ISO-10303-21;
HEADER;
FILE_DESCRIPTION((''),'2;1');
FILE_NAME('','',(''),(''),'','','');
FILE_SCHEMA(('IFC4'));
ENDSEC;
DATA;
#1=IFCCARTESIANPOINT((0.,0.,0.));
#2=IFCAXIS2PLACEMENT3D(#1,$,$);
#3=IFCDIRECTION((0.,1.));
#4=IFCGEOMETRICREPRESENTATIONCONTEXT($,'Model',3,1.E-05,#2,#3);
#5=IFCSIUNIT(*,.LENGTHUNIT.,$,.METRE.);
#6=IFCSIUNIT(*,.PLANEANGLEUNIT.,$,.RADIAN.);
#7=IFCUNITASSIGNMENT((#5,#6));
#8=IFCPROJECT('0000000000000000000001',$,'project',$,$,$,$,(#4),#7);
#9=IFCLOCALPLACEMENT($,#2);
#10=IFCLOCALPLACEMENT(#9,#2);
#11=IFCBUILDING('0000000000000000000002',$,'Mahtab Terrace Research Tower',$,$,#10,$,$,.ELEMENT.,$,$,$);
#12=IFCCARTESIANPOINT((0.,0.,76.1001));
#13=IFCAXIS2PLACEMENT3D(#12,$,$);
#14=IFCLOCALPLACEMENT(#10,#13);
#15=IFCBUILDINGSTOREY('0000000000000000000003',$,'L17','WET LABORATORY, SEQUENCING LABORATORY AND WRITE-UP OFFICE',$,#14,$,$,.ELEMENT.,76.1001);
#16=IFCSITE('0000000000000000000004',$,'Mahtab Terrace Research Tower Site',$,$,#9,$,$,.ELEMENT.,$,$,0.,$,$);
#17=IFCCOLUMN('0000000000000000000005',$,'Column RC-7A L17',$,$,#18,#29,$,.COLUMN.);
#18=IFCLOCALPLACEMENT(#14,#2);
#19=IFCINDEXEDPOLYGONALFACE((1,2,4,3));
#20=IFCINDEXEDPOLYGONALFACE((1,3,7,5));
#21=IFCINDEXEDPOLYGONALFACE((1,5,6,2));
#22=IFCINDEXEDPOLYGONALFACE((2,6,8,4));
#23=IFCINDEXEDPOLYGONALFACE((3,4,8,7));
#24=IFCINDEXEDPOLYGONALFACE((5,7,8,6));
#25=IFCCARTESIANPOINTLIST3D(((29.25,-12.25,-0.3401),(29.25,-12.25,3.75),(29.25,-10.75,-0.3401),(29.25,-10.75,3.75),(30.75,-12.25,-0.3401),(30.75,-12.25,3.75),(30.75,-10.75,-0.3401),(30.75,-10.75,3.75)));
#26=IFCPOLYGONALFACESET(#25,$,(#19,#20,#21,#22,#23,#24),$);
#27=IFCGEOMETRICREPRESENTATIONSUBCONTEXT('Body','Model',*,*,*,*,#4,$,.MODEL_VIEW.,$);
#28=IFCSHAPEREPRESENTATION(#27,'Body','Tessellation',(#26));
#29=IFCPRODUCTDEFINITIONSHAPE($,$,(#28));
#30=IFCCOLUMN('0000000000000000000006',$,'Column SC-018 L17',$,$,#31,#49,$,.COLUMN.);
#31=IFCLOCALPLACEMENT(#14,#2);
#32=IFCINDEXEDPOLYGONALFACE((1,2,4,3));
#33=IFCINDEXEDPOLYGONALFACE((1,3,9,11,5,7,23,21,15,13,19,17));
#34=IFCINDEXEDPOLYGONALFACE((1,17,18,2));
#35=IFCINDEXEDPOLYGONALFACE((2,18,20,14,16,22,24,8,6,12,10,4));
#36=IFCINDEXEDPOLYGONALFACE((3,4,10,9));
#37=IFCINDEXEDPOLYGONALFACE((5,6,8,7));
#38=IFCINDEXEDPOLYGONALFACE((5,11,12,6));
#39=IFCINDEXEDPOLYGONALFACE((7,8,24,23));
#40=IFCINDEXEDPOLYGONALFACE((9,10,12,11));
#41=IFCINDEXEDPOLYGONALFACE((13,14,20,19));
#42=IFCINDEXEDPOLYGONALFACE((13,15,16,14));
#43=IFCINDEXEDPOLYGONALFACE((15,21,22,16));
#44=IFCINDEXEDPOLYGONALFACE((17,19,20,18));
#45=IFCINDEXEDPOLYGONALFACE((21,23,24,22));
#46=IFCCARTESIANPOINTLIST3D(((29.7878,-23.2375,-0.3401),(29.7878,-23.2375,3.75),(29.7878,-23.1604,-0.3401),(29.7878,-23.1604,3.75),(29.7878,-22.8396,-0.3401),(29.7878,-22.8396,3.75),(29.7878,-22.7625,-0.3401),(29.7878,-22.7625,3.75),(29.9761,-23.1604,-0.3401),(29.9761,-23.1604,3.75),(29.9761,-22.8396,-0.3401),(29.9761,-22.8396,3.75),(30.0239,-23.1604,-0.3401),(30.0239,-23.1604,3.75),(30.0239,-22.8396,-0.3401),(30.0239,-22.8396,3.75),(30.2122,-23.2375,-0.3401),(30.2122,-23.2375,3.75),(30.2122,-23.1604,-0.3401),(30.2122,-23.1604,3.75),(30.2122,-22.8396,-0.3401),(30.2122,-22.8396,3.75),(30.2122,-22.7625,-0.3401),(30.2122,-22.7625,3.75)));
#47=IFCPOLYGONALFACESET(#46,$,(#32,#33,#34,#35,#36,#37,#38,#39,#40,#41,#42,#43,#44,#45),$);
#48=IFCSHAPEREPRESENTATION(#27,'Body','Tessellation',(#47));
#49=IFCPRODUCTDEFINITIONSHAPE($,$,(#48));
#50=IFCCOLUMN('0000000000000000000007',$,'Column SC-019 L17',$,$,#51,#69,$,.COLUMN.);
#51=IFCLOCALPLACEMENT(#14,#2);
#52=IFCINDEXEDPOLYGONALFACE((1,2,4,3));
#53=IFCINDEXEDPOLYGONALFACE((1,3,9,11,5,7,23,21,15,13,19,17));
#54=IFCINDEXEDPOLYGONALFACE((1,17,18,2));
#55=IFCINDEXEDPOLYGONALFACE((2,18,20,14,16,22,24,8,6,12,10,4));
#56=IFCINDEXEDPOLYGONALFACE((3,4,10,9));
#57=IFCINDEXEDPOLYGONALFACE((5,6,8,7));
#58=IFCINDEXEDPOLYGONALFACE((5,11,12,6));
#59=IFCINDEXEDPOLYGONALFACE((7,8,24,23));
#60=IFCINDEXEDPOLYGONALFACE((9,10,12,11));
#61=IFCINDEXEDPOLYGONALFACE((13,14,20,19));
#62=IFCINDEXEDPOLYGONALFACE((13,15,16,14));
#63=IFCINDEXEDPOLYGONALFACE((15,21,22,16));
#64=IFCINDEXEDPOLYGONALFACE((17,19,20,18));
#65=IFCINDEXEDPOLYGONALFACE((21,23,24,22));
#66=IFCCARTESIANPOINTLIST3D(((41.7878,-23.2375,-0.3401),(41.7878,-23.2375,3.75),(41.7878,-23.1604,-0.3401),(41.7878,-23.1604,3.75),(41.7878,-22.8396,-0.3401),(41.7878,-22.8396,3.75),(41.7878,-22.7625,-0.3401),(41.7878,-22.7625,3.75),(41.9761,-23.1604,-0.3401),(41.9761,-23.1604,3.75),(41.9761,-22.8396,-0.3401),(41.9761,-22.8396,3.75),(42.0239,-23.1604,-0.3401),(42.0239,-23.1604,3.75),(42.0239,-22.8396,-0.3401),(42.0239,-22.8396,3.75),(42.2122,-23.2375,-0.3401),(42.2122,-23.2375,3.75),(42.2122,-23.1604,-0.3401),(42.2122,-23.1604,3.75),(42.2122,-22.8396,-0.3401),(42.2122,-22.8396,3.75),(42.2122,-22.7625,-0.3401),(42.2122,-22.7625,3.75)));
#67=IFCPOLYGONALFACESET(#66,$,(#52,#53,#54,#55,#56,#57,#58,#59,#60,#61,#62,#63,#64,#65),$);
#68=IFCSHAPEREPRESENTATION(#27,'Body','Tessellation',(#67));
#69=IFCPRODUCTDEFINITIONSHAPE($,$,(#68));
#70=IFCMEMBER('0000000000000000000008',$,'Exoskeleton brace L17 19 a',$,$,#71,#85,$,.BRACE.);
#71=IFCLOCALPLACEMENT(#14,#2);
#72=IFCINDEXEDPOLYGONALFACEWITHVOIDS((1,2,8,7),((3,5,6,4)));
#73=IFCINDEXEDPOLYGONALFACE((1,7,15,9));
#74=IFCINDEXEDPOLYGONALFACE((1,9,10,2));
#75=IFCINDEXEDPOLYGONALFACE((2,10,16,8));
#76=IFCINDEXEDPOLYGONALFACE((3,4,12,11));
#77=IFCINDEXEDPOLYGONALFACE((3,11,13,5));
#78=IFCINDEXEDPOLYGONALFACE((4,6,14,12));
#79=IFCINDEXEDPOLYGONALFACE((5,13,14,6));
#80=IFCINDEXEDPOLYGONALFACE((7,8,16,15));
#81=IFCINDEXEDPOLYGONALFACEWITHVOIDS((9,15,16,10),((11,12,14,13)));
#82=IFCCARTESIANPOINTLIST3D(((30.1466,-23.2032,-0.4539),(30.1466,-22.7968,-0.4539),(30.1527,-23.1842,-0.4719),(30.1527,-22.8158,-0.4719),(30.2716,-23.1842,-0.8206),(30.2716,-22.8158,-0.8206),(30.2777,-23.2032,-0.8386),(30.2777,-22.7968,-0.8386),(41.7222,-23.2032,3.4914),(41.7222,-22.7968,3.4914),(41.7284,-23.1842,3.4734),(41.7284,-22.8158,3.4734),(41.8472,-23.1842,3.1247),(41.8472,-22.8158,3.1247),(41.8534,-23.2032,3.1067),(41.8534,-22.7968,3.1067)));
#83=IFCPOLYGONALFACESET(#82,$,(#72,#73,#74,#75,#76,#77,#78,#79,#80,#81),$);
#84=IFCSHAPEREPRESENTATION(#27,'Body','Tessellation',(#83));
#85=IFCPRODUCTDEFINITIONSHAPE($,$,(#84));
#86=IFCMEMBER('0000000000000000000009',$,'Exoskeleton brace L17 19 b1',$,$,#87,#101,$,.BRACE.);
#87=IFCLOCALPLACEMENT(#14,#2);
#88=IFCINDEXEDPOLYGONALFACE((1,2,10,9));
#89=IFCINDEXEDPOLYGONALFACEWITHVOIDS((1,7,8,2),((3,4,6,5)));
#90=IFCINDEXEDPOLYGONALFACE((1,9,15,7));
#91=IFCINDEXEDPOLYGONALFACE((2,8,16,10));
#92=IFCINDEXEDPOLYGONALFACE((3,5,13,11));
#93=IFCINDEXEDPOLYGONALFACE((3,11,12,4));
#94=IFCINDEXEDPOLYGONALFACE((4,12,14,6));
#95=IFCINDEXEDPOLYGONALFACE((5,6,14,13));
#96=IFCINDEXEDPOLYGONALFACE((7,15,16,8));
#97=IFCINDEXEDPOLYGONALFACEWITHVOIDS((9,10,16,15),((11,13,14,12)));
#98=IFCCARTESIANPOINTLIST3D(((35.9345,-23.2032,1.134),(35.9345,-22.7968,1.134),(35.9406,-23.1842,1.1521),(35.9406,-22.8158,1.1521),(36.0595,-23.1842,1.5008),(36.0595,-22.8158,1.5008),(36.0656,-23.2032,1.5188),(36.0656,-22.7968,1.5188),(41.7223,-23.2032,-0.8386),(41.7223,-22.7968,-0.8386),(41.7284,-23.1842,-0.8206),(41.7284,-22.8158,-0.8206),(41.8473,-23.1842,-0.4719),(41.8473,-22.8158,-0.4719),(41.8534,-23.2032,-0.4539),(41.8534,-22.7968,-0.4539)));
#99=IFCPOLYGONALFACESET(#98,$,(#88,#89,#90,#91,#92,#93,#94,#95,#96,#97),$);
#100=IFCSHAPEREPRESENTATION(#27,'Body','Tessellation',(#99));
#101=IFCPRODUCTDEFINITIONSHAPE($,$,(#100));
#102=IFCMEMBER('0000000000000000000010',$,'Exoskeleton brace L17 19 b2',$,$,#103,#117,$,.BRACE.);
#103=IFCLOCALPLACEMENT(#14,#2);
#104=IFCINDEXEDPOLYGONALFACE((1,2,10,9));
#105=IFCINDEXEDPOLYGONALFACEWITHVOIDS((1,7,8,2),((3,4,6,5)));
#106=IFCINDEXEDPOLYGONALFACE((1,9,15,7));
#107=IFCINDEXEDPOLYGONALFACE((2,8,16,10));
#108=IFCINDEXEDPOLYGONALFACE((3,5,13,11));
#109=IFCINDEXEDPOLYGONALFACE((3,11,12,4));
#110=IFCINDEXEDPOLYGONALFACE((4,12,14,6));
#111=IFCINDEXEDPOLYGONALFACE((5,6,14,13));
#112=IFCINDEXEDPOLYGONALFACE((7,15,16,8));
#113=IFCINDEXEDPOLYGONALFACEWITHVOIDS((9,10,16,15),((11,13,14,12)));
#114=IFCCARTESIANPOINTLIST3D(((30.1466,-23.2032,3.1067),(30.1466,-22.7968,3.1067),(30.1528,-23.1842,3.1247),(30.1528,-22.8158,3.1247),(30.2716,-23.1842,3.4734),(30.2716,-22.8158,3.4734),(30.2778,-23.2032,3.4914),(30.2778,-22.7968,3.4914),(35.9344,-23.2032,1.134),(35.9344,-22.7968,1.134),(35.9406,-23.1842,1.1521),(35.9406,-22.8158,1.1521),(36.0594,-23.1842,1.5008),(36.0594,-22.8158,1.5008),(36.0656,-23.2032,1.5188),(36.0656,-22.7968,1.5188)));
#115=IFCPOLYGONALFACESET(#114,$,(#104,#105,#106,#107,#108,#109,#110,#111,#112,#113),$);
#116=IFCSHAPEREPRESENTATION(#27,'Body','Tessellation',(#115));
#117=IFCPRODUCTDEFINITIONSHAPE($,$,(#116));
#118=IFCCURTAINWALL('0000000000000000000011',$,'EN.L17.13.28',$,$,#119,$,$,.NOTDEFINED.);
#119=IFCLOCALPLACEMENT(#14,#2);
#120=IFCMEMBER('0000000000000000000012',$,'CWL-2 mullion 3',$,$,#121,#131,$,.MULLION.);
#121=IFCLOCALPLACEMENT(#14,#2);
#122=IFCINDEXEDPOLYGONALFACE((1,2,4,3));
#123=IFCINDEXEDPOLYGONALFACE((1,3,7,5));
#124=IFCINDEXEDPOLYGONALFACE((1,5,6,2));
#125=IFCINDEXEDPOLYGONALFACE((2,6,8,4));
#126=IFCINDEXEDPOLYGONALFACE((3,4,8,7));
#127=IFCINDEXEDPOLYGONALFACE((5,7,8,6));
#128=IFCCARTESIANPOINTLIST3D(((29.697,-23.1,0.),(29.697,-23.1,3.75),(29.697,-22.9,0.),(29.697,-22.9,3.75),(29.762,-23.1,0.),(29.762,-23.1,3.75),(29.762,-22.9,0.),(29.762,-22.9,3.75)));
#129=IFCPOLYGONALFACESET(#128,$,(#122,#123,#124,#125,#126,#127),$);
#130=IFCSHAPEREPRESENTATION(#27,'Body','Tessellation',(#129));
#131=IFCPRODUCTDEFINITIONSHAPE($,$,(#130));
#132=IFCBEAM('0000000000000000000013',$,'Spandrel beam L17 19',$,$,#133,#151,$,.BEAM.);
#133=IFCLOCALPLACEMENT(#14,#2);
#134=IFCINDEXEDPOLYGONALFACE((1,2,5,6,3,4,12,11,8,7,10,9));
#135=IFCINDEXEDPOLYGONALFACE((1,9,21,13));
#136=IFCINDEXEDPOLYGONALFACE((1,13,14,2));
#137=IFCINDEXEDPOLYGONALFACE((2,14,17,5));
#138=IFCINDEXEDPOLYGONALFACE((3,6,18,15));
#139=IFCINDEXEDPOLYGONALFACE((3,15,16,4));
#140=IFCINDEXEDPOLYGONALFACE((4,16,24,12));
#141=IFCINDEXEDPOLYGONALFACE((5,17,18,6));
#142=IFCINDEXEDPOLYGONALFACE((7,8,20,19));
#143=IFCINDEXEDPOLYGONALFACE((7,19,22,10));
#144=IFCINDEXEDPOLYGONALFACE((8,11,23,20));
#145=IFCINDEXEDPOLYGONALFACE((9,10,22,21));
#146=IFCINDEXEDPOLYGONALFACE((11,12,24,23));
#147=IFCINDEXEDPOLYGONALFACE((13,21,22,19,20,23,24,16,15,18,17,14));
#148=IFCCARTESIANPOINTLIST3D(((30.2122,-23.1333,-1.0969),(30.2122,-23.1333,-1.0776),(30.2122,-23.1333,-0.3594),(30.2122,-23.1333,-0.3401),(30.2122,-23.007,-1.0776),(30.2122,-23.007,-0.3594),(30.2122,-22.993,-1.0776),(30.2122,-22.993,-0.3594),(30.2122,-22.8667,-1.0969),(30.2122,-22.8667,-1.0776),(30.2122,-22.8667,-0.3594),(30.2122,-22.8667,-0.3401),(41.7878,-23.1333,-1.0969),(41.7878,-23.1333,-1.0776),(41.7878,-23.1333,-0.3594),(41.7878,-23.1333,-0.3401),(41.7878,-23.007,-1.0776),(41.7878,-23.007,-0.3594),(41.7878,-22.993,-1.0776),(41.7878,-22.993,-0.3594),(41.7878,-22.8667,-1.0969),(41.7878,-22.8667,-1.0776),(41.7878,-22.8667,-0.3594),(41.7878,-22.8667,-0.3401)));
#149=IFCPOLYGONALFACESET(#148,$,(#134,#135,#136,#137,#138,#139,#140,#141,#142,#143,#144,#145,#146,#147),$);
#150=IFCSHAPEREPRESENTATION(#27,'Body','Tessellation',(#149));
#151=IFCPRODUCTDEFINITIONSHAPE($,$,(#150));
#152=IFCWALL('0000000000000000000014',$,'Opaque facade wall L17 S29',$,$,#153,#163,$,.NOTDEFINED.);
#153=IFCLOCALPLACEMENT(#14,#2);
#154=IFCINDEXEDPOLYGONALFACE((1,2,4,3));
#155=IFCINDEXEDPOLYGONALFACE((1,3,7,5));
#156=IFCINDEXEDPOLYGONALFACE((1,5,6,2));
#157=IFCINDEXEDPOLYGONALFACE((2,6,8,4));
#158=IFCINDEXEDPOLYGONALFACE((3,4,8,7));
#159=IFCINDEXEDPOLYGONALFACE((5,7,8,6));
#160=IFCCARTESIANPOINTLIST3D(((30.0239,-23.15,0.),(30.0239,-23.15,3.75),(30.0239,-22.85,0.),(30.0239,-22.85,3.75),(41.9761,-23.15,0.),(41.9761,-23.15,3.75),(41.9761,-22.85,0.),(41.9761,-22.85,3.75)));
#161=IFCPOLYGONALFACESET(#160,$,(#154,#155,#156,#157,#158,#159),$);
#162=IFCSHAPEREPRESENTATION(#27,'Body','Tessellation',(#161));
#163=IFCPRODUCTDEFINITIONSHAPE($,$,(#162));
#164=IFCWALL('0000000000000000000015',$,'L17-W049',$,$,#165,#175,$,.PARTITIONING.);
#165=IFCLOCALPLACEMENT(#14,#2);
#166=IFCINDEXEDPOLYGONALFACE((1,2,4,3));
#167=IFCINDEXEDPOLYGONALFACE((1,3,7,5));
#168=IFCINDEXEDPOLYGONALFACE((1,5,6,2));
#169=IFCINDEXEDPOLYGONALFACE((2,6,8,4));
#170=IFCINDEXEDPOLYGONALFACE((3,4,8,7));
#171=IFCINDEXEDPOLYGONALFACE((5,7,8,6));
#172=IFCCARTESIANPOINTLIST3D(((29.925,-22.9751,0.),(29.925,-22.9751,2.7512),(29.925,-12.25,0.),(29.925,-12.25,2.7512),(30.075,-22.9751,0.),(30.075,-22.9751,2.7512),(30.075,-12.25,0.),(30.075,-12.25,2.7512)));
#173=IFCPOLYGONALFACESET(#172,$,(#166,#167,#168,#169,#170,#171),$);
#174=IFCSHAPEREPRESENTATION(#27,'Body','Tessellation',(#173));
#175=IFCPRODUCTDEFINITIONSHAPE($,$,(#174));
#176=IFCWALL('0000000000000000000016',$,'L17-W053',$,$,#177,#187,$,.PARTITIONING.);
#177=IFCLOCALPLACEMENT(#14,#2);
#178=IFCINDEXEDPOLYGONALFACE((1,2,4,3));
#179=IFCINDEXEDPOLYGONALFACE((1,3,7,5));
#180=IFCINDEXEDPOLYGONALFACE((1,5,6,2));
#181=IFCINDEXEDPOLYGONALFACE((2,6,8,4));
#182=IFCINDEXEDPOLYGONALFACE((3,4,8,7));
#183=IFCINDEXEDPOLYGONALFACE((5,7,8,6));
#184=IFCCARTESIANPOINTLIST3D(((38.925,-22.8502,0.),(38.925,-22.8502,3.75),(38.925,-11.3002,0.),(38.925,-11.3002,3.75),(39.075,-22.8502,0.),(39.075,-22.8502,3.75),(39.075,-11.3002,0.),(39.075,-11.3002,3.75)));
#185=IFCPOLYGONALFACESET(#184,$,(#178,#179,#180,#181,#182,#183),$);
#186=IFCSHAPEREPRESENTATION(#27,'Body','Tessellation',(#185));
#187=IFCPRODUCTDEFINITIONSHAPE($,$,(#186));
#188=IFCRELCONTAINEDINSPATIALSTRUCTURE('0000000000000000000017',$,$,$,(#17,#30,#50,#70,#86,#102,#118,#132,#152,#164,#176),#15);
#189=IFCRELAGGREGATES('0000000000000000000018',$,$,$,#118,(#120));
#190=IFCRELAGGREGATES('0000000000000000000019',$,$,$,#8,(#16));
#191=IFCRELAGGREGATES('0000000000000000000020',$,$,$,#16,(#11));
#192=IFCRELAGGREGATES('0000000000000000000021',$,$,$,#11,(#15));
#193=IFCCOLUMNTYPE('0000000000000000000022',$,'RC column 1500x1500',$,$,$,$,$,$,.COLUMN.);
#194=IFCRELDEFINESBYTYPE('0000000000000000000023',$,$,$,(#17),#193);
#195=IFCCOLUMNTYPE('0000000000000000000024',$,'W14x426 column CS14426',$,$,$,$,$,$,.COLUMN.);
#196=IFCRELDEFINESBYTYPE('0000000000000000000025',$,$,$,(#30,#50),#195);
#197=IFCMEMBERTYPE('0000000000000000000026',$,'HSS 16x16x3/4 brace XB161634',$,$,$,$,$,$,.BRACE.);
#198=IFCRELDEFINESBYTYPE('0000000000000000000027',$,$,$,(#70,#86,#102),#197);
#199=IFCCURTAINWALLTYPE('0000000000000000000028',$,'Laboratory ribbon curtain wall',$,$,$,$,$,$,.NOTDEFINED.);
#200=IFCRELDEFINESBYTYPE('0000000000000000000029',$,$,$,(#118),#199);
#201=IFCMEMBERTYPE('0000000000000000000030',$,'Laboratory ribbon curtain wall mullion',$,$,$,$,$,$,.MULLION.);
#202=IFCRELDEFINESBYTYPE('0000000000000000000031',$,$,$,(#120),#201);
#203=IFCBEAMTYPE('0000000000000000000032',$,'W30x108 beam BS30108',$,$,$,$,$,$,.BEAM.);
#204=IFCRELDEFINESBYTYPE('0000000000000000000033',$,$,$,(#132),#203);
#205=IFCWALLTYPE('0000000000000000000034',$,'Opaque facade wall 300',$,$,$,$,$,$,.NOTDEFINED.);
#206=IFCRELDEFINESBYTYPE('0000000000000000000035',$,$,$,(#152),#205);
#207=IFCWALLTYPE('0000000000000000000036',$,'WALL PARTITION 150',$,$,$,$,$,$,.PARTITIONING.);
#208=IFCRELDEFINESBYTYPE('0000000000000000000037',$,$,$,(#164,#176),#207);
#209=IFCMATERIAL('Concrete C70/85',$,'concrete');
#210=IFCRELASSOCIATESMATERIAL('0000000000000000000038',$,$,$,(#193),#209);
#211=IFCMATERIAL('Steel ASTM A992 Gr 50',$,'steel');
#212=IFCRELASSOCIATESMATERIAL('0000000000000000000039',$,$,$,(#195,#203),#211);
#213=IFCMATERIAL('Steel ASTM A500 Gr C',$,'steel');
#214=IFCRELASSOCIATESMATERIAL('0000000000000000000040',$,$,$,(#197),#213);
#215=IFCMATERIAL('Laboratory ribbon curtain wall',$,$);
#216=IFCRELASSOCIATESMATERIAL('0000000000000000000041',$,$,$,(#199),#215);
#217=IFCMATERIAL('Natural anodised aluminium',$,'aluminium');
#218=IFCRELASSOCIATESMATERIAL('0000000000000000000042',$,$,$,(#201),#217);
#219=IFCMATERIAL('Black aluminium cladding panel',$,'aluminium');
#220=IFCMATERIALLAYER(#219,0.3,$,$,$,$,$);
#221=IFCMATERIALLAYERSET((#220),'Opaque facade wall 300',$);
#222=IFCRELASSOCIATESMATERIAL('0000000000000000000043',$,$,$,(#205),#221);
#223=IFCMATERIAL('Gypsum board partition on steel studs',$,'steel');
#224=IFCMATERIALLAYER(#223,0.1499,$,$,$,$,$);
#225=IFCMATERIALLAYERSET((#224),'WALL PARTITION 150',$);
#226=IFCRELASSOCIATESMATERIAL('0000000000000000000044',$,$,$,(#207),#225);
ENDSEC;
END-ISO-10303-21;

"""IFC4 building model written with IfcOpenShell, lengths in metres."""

from ifc_helpers import new_model, si_unit, direction, frame, frame_2d, origin, origin_2d, place, context, subcontext, project, spatial, rectangle, hollow_rectangle, i_section, extrude, material, layer, layer_set, material_profile, profile_set, type_object, element, aggregate, save


model = new_model("IFC4")

# Units and contexts
model_context = context("Model", 3, precision=1e-05, world=origin(), true_north=direction((0.0, 1.0)))
body_context = subcontext(model_context, "Body", "Model", "MODEL_VIEW")
ifc_project = project(units=[si_unit("LENGTHUNIT", "METRE"), si_unit("PLANEANGLEUNIT", "RADIAN")], contexts=[model_context])

# Site, building, storey
site_placement = place(None, origin())
site = spatial("IfcSite", under=ifc_project, at=site_placement, Name="Mahtab Terrace Research Tower Site", CompositionType="ELEMENT", RefElevation=0.0)
building_placement = place(site_placement, origin())
building = spatial("IfcBuilding", under=site, at=building_placement, Name="Mahtab Terrace Research Tower", CompositionType="ELEMENT")
storey_placement = place(building_placement, frame((0.0, 0.0, 76.1001)))
storey = spatial("IfcBuildingStorey", under=building, at=storey_placement, Name="L17", Description="WET LABORATORY, SEQUENCING LABORATORY AND WRITE-UP OFFICE", CompositionType="ELEMENT", Elevation=76.1001)

# Columns
ifc_material_1 = material(Name="Concrete C70/85", Category="concrete")
ifc_material_profile_1 = material_profile(ifc_material_1, rectangle(XDim=1.5, YDim=1.5, at=origin_2d()), Name="RC column 1500x1500")
ifc_profile_set_1 = profile_set([ifc_material_profile_1], Name="Concrete C70/85")
column_type_1 = type_object("IfcColumnType", Name="RC column 1500x1500", PredefinedType="COLUMN", material=ifc_profile_set_1)
column_placement = place(storey_placement, frame((30.0, -11.5, -0.3401), z_axis=(0.0, 0.0, 1.0), x_axis=(1.0, 0.0, 0.0)))
element("IfcColumn", 1, at=column_placement, inside=storey, type_object=column_type_1, Name="Column RC-7A L17", PredefinedType="COLUMN", context=body_context, shape_type="SweptSolid", body=[
    extrude(rectangle(XDim=1.5, YDim=1.5, at=origin_2d()), origin(), (0.0, 0.0, 1.0), 4.0901),
])
ifc_material_2 = material(Name="Steel ASTM A992 Gr 50", Category="steel")
ifc_material_profile_2 = material_profile(ifc_material_2, i_section(OverallWidth=0.4243, OverallDepth=0.4751, WebThickness=0.0479, FlangeThickness=0.0771, at=origin_2d()), Name="W14X426")
ifc_profile_set_2 = profile_set([ifc_material_profile_2], Name="Steel ASTM A992 Gr 50")
column_type_2 = type_object("IfcColumnType", Name="W14x426 column CS14426", PredefinedType="COLUMN", material=ifc_profile_set_2)
for number, where, z_axis, x_axis, name in (
    (2, (30.0, -23.0, -0.3401), (0.0, 0.0, 1.0), (1.0, 0.0, 0.0), "Column SC-018 L17"),
    (3, (42.0, -23.0, -0.3401), (0.0, 0.0, 1.0), (1.0, 0.0, 0.0), "Column SC-019 L17"),
):
    element("IfcColumn", number, at=place(storey_placement, frame(where, z_axis=z_axis, x_axis=x_axis)), inside=storey, type_object=column_type_2, Name=name, PredefinedType="COLUMN", context=body_context, shape_type="SweptSolid", body=[
        extrude(i_section(OverallWidth=0.4243, OverallDepth=0.4751, WebThickness=0.0479, FlangeThickness=0.0771, at=origin_2d()), origin(), (0.0, 0.0, 1.0), 4.0901),
    ])

# Members
ifc_material_3 = material(Name="Steel ASTM A500 Gr C", Category="steel")
ifc_material_profile_3 = material_profile(ifc_material_3, hollow_rectangle(XDim=0.4065, YDim=0.4065, WallThickness=0.019, at=origin_2d()), Name="HSS16X16X3/4")
ifc_profile_set_3 = profile_set([ifc_material_profile_3], Name="Steel ASTM A500 Gr C")
member_type_1 = type_object("IfcMemberType", Name="HSS 16x16x3/4 brace XB161634", PredefinedType="BRACE", material=ifc_profile_set_3)
member_1_placement = place(storey_placement, frame((30.2122, -23.0, -0.6462), z_axis=(0.946534, 0.0, 0.322605), x_axis=(0.0, 1.0, 0.0)))
element("IfcMember", 4, at=member_1_placement, inside=storey, type_object=member_type_1, Name="Exoskeleton brace L17 19 a", PredefinedType="BRACE", context=body_context, shape_type="SweptSolid", body=[
    extrude(hollow_rectangle(XDim=0.4065, YDim=0.4065, WallThickness=0.019, at=origin_2d()), origin(), (0.0, 0.0, 1.0), 12.2295),
])
for number, where, z_axis, x_axis, name in (
    (5, (41.7878, -23.0, -0.6462), (-0.946534, 0.0, 0.322605), (0.0, -1.0, 0.0), "Exoskeleton brace L17 19 b1"),
    (6, (36.0, -23.0, 1.3264), (-0.946534, 0.0, 0.322605), (0.0, -1.0, 0.0), "Exoskeleton brace L17 19 b2"),
):
    element("IfcMember", number, at=place(storey_placement, frame(where, z_axis=z_axis, x_axis=x_axis)), inside=storey, type_object=member_type_1, Name=name, PredefinedType="BRACE", context=body_context, shape_type="SweptSolid", body=[
        extrude(hollow_rectangle(XDim=0.4065, YDim=0.4065, WallThickness=0.019, at=origin_2d()), origin(), (0.0, 0.0, 1.0), 6.1147),
    ])

# Curtain wall, member
ifc_material_4 = material(Name="Laboratory ribbon curtain wall")
curtain_wall_type = type_object("IfcCurtainWallType", Name="Laboratory ribbon curtain wall", PredefinedType="NOTDEFINED", material=ifc_material_4)
curtain_wall_placement = place(storey_placement, origin())
curtain_wall = element("IfcCurtainWall", 7, at=curtain_wall_placement, inside=storey, type_object=curtain_wall_type, Name="EN.L17.13.28", PredefinedType="NOTDEFINED")
ifc_material_5 = material(Name="Natural anodised aluminium", Category="aluminium")
ifc_material_profile_4 = material_profile(ifc_material_5, rectangle(XDim=0.2, YDim=0.0649, at=origin_2d()), Name="MULLION 65x200")
ifc_profile_set_4 = profile_set([ifc_material_profile_4], Name="Natural anodised aluminium")
member_type_2 = type_object("IfcMemberType", Name="Laboratory ribbon curtain wall mullion", PredefinedType="MULLION", material=ifc_profile_set_4)
member_2_placement = place(storey_placement, frame((29.7295, -23.0, 0.0), z_axis=(0.0, 0.0, 1.0), x_axis=(0.0, 1.0, 0.0)))
member_2 = element("IfcMember", 8, at=member_2_placement, type_object=member_type_2, Name="CWL-2 mullion 3", PredefinedType="MULLION", context=body_context, shape_type="SweptSolid", body=[
    extrude(rectangle(XDim=0.2, YDim=0.0649, at=origin_2d()), origin(), (0.0, 0.0, 1.0), 3.75),
])
aggregate(curtain_wall, [member_2])

# Beam
ifc_material_profile_5 = material_profile(ifc_material_2, i_section(OverallWidth=0.2666, OverallDepth=0.7568, WebThickness=0.0139, FlangeThickness=0.0193, at=origin_2d()), Name="W30X108")
ifc_profile_set_5 = profile_set([ifc_material_profile_5], Name="Steel ASTM A992 Gr 50")
beam_type = type_object("IfcBeamType", Name="W30x108 beam BS30108", PredefinedType="BEAM", material=ifc_profile_set_5)
beam_placement = place(storey_placement, frame((30.2122, -23.0, -0.7185), z_axis=(1.0, 0.0, 0.0), x_axis=(0.0, 1.0, 0.0)))
element("IfcBeam", 9, at=beam_placement, inside=storey, type_object=beam_type, Name="Spandrel beam L17 19", PredefinedType="BEAM", context=body_context, shape_type="SweptSolid", body=[
    extrude(i_section(OverallWidth=0.2666, OverallDepth=0.7568, WebThickness=0.0139, FlangeThickness=0.0193, at=origin_2d()), origin(), (0.0, 0.0, 1.0), 11.5757),
])

# Walls
ifc_material_6 = material(Name="Black aluminium cladding panel", Category="aluminium")
ifc_layer_1 = layer(ifc_material_6, 0.3)
ifc_layer_set_1 = layer_set([ifc_layer_1], Name="Opaque facade wall 300")
wall_type_1 = type_object("IfcWallType", Name="Opaque facade wall 300", PredefinedType="NOTDEFINED", material=ifc_layer_set_1)
wall_1_placement = place(storey_placement, frame((30.0239, -23.0, 0.0), z_axis=(0.0, 0.0, 1.0), x_axis=(1.0, 0.0, 0.0)))
element("IfcWall", 10, at=wall_1_placement, inside=storey, type_object=wall_type_1, Name="Opaque facade wall L17 S29", PredefinedType="NOTDEFINED", context=body_context, shape_type="SweptSolid", body=[
    extrude(rectangle(XDim=11.9521, YDim=0.3, at=frame_2d((5.9761, 0.0))), origin(), (0.0, 0.0, 1.0), 3.75),
])
ifc_material_7 = material(Name="Gypsum board partition on steel studs", Category="steel")
ifc_layer_2 = layer(ifc_material_7, 0.1499)
ifc_layer_set_2 = layer_set([ifc_layer_2], Name="WALL PARTITION 150")
wall_type_2 = type_object("IfcWallType", Name="WALL PARTITION 150", PredefinedType="PARTITIONING", material=ifc_layer_set_2)
wall_2_placement = place(storey_placement, frame((30.0, -22.9751, 0.0), z_axis=(0.0, 0.0, 1.0), x_axis=(0.0, 1.0, 0.0)))
element("IfcWall", 11, at=wall_2_placement, inside=storey, type_object=wall_type_2, Name="L17-W049", PredefinedType="PARTITIONING", context=body_context, shape_type="SweptSolid", body=[
    extrude(rectangle(XDim=10.7251, YDim=0.1499, at=frame_2d((5.3625, 0.0))), origin(), (0.0, 0.0, 1.0), 2.7512),
])
wall_3_placement = place(storey_placement, frame((39.0, -22.8501, 0.0), z_axis=(0.0, 0.0, 1.0), x_axis=(0.0, 1.0, 0.0)))
element("IfcWall", 12, at=wall_3_placement, inside=storey, type_object=wall_type_2, Name="L17-W053", PredefinedType="PARTITIONING", context=body_context, shape_type="SweptSolid", body=[
    extrude(rectangle(XDim=11.55, YDim=0.1499, at=frame_2d((5.7749, 0.0))), origin(), (0.0, 0.0, 1.0), 3.75),
])

save(model, "model.ifc")
